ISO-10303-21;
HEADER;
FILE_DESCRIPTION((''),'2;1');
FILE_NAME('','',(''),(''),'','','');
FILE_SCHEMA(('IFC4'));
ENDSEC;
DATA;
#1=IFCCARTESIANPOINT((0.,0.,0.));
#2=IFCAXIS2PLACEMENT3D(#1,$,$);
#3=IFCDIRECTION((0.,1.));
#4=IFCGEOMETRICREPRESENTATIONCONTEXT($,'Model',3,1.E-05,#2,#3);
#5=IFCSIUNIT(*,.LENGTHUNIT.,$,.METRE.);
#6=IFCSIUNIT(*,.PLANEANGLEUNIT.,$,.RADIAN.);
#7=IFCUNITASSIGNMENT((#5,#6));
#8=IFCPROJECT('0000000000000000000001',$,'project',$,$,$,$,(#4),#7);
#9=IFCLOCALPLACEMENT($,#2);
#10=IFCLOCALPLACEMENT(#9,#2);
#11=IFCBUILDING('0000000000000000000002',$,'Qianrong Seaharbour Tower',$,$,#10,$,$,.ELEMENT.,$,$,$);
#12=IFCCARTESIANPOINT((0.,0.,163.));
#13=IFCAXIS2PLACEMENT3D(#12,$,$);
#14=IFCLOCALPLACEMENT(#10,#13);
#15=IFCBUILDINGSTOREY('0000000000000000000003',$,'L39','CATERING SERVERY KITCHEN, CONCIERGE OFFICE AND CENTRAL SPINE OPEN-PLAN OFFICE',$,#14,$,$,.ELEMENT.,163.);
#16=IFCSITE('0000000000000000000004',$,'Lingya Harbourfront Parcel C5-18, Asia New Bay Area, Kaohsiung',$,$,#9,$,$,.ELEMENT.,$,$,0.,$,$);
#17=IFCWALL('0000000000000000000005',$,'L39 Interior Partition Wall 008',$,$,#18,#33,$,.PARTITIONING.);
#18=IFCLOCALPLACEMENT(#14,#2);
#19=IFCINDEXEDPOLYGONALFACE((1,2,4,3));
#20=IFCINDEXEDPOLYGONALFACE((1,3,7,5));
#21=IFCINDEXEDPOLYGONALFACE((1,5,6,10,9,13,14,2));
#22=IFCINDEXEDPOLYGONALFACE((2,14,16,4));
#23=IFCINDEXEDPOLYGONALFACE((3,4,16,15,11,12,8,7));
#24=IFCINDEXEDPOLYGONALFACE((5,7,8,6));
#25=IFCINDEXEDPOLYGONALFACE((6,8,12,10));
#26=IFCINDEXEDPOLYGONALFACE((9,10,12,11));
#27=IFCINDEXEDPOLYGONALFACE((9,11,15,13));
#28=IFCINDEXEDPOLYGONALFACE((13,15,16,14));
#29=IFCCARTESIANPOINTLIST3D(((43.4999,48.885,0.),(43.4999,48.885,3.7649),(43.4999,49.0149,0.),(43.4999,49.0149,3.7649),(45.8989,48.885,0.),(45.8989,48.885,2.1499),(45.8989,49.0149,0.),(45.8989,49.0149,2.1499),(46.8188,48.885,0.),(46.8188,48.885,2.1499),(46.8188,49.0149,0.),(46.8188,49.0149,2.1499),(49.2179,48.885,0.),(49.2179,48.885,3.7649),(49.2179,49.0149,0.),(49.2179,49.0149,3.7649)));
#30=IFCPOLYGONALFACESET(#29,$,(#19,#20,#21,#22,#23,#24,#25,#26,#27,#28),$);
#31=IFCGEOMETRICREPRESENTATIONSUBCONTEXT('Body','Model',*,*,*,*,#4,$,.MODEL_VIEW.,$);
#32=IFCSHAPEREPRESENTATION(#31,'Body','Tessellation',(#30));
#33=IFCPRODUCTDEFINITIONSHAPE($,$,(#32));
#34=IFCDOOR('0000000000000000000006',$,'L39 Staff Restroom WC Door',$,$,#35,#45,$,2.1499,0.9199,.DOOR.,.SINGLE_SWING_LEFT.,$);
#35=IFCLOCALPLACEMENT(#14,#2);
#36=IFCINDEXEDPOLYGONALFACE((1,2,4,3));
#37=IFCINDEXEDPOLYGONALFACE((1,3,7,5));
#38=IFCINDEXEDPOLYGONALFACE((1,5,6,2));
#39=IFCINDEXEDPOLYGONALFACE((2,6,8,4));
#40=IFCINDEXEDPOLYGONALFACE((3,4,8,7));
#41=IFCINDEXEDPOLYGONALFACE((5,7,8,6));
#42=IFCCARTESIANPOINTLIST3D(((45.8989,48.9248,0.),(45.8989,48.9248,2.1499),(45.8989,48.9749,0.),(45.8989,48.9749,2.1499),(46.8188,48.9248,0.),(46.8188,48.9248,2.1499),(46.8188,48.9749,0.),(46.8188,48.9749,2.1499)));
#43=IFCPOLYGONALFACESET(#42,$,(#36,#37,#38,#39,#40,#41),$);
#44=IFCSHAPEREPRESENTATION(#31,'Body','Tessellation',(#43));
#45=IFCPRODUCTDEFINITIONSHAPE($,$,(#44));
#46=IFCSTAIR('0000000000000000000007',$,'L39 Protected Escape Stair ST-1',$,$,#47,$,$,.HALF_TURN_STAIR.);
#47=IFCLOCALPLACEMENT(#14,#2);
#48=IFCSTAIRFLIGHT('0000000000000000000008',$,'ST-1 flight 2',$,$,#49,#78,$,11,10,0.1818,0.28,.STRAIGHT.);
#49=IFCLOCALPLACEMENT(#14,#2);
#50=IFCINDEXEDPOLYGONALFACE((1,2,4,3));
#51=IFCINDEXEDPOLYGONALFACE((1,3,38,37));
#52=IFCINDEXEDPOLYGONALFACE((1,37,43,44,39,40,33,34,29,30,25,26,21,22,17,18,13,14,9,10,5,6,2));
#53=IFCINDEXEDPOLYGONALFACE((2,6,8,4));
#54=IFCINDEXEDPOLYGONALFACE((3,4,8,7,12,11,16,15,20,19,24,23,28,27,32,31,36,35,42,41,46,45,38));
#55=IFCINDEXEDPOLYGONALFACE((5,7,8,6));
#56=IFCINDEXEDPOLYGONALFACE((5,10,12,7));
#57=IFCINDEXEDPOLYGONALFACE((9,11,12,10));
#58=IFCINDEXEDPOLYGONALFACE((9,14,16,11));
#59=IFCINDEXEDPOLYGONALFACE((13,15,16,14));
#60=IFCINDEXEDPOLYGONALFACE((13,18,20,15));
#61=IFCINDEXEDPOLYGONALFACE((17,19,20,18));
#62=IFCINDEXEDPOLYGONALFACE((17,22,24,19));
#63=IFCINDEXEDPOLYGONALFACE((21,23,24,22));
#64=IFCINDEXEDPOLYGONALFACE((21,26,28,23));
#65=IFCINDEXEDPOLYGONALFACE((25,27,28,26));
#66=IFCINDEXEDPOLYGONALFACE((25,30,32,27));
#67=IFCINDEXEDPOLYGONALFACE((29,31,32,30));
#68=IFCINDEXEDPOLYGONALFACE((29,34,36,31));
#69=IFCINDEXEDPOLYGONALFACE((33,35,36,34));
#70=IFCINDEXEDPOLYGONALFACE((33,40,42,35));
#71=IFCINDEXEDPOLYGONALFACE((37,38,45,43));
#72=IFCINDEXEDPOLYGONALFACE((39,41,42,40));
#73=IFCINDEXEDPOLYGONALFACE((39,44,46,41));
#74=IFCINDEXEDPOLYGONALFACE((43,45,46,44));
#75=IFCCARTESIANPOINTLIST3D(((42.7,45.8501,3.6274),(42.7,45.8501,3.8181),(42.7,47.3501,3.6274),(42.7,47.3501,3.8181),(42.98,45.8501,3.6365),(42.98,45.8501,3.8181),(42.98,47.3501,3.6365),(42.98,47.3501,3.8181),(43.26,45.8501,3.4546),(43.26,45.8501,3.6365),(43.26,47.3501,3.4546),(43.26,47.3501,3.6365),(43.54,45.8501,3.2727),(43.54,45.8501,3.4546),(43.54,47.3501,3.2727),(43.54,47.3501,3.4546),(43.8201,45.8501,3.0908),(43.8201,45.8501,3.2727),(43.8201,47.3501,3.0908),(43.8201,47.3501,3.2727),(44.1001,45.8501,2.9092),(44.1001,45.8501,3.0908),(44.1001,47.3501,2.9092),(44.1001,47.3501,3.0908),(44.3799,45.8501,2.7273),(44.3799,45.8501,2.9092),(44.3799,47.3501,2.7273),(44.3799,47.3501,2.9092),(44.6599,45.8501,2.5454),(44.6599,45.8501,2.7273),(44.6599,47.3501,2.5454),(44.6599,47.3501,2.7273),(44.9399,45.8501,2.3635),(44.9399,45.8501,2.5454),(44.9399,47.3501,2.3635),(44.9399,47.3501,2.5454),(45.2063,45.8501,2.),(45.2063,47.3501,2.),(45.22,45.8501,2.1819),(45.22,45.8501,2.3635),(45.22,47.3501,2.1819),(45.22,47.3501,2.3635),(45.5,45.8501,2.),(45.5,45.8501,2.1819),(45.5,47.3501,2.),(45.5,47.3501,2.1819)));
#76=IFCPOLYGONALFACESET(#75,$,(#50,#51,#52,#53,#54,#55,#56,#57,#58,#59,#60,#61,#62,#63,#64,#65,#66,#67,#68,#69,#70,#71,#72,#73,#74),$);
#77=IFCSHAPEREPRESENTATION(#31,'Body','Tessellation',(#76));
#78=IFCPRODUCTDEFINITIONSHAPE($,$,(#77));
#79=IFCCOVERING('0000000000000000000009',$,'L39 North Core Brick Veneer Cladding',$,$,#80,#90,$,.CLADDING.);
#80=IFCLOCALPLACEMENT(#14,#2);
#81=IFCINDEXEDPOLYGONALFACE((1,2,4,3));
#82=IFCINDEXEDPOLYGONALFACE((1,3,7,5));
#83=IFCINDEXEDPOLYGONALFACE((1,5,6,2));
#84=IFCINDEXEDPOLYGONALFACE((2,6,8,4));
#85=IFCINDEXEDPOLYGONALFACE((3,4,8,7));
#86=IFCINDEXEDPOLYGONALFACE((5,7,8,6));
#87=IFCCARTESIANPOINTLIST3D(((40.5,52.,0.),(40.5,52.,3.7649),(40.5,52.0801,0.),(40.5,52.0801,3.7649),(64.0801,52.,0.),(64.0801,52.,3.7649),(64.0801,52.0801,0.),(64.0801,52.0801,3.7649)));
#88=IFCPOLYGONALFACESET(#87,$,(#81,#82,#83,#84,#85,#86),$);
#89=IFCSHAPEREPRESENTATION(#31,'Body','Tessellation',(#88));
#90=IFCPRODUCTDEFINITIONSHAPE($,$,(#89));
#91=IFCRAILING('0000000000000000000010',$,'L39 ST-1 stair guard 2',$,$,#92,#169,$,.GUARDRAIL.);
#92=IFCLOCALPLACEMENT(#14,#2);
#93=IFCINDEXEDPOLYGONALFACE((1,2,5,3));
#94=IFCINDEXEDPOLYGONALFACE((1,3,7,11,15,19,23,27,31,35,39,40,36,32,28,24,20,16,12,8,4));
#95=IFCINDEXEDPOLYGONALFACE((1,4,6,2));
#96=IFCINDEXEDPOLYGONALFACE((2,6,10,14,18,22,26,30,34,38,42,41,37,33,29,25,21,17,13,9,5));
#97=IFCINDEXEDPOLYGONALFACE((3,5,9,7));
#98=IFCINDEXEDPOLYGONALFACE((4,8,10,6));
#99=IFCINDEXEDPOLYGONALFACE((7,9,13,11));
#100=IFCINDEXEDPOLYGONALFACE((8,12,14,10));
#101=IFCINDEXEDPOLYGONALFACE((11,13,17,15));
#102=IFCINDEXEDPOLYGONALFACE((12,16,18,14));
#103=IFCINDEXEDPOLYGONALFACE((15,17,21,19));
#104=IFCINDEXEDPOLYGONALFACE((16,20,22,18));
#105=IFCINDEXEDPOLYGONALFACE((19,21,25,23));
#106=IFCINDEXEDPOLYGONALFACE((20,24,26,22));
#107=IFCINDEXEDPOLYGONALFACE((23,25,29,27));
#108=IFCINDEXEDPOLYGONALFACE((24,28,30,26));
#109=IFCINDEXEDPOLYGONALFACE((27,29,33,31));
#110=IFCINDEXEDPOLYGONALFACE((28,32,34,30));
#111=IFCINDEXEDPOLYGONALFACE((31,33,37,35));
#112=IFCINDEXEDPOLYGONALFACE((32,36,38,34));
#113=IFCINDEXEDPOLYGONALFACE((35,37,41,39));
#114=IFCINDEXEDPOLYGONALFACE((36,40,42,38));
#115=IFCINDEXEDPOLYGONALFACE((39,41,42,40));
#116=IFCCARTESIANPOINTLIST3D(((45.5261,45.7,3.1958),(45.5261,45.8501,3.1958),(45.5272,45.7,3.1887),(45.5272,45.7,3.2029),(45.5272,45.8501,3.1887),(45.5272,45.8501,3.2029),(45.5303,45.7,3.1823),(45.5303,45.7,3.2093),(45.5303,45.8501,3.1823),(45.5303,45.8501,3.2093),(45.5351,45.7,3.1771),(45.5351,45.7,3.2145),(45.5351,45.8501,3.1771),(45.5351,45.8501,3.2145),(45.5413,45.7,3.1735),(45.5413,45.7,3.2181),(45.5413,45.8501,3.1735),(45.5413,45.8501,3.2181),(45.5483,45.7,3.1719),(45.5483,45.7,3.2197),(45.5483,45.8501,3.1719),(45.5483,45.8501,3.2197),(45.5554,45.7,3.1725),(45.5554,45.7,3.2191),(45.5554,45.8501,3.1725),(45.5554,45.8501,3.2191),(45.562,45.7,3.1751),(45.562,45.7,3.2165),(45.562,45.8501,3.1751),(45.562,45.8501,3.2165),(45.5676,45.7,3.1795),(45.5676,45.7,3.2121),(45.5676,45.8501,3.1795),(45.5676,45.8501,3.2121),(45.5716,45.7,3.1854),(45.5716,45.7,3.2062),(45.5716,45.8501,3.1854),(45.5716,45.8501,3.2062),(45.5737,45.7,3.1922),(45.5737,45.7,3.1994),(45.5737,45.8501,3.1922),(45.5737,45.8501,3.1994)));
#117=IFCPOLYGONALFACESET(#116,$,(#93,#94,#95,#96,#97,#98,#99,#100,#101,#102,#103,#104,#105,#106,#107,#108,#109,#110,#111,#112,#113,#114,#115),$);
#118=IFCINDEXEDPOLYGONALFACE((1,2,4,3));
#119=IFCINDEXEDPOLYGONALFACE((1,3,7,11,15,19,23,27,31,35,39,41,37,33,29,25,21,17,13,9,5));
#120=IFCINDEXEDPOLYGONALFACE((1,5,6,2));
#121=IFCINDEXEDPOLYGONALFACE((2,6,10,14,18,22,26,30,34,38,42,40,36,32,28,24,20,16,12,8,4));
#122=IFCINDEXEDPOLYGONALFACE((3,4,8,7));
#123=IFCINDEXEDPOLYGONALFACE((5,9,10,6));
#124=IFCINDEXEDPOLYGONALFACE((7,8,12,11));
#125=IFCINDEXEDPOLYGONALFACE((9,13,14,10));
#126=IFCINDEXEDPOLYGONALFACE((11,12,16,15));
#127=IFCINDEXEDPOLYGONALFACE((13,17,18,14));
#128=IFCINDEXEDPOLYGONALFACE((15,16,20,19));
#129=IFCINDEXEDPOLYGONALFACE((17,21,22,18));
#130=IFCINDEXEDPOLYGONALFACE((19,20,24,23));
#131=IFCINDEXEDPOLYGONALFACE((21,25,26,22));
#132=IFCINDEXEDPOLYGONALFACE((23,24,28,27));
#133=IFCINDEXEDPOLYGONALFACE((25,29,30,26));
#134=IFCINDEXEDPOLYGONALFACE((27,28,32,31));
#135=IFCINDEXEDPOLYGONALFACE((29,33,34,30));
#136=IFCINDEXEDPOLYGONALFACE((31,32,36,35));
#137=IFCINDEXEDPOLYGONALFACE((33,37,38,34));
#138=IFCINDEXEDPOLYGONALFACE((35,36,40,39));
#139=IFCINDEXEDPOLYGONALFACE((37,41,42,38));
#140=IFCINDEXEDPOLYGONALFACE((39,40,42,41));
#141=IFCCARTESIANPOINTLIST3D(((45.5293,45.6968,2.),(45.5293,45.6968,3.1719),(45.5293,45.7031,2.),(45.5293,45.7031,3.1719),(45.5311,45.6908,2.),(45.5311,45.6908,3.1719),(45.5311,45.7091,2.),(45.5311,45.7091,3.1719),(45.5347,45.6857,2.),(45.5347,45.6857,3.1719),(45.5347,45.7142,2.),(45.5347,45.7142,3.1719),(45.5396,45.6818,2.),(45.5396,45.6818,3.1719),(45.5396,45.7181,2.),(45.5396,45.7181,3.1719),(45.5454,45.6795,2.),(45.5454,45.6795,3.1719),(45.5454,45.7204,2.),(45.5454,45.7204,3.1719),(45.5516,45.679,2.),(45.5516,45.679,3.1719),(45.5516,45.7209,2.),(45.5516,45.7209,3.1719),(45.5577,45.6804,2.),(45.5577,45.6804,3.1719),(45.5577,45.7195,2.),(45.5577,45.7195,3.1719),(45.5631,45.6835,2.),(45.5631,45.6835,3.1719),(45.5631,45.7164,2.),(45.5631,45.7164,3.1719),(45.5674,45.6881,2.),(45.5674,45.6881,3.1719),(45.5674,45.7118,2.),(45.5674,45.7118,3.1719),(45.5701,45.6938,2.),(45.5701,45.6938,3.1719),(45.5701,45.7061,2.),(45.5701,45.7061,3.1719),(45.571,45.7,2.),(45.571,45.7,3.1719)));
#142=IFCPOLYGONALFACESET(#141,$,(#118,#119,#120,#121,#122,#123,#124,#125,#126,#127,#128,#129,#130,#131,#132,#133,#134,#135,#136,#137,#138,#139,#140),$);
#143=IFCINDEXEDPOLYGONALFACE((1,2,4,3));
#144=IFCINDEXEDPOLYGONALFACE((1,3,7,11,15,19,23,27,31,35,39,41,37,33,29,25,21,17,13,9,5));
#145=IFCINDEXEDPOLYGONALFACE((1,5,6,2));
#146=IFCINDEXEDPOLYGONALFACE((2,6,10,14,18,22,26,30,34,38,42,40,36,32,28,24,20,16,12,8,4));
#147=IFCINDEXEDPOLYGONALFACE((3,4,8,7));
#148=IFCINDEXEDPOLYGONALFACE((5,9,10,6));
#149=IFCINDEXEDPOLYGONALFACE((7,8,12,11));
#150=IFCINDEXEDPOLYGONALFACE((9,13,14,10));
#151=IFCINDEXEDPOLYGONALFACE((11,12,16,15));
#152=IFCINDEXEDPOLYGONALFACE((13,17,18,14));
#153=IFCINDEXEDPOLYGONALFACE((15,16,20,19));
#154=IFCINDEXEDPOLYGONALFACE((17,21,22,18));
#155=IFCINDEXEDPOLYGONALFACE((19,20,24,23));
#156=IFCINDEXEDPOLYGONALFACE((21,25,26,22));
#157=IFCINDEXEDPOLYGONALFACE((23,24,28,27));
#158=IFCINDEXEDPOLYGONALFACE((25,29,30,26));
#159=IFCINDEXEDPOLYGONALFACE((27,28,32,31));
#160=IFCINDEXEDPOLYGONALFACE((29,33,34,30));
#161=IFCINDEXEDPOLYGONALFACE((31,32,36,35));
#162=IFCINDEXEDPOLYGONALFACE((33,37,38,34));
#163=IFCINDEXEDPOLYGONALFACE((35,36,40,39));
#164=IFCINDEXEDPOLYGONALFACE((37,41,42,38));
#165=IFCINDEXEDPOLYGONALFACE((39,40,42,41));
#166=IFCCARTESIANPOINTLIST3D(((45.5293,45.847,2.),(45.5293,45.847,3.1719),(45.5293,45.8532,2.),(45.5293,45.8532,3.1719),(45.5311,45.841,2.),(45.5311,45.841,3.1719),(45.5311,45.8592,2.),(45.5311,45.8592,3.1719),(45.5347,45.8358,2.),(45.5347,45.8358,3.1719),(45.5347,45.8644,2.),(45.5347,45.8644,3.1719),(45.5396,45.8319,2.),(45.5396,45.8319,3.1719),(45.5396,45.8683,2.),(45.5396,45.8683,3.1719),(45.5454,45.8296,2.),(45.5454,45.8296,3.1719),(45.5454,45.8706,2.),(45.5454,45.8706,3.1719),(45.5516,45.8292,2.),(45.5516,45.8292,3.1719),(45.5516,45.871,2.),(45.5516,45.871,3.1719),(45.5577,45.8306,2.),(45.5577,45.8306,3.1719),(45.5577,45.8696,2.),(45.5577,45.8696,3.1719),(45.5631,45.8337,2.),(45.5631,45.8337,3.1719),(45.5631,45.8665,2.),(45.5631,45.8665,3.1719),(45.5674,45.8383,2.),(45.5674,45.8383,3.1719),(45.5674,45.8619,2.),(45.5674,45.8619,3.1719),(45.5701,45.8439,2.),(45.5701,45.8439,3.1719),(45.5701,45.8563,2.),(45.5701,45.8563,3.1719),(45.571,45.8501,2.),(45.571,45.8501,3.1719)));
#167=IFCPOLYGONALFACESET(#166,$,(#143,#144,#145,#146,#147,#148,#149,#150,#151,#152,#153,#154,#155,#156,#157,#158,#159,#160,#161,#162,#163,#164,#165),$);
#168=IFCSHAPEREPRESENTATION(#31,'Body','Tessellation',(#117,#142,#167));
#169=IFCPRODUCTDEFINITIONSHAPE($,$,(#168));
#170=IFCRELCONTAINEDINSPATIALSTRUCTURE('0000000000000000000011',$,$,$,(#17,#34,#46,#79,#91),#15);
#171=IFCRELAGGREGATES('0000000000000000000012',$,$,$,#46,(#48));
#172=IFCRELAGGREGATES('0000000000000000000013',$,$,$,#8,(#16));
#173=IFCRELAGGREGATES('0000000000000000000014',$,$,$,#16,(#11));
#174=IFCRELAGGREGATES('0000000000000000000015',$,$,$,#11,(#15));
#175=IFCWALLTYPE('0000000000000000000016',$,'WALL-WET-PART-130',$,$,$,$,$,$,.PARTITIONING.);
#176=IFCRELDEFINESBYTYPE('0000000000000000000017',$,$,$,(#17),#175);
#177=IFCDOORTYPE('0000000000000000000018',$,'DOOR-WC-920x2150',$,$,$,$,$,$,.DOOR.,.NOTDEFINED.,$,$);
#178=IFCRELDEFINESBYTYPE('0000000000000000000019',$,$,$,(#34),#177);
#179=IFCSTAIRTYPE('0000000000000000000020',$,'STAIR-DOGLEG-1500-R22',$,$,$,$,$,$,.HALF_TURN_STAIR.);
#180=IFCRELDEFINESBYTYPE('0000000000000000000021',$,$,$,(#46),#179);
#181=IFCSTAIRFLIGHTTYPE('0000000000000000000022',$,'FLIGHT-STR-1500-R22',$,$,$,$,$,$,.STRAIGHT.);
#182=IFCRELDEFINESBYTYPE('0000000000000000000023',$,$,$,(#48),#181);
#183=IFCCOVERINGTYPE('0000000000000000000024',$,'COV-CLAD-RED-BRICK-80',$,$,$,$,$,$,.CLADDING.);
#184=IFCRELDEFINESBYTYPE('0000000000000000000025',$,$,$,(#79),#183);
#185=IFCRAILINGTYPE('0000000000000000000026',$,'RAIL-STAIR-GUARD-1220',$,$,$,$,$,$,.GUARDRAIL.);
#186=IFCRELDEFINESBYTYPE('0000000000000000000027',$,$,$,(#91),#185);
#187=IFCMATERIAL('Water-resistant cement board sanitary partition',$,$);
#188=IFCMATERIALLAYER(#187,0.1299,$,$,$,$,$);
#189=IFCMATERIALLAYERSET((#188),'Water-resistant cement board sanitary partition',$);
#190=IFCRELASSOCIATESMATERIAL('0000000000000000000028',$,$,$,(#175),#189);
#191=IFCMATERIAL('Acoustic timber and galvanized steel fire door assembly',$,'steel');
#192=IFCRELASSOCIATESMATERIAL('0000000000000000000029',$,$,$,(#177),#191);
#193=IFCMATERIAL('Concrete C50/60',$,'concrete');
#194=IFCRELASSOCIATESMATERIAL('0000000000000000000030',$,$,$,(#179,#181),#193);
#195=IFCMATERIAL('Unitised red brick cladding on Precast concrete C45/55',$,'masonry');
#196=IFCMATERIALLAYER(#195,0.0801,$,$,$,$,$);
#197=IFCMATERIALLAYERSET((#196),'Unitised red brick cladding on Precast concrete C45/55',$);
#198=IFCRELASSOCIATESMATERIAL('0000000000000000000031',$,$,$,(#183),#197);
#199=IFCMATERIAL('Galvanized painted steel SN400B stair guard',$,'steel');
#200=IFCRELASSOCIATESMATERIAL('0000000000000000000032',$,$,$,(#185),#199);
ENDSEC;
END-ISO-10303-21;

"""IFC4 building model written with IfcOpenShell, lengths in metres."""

from ifc_helpers import new_model, si_unit, direction, frame, frame_2d, origin, origin_2d, place, context, subcontext, project, spatial, polyline, rectangle, circle, outline, extrude, material, layer, layer_set, type_object, element, fill, aggregate, save


model = new_model("IFC4")

# Units and contexts
model_context = context("Model", 3, precision=1e-05, world=origin(), true_north=direction((0.0, 1.0)))
body_context = subcontext(model_context, "Body", "Model", "MODEL_VIEW")
ifc_project = project(units=[si_unit("LENGTHUNIT", "METRE"), si_unit("PLANEANGLEUNIT", "RADIAN")], contexts=[model_context])

# Site, building, storey
site_placement = place(None, origin())
site = spatial("IfcSite", under=ifc_project, at=site_placement, Name="Lingya Harbourfront Parcel C5-18, Asia New Bay Area, Kaohsiung", CompositionType="ELEMENT", RefElevation=0.0)
building_placement = place(site_placement, origin())
building = spatial("IfcBuilding", under=site, at=building_placement, Name="Qianrong Seaharbour Tower", CompositionType="ELEMENT")
storey_placement = place(building_placement, frame((0.0, 0.0, 163.0)))
storey = spatial("IfcBuildingStorey", under=building, at=storey_placement, Name="L39", Description="CATERING SERVERY KITCHEN, CONCIERGE OFFICE AND CENTRAL SPINE OPEN-PLAN OFFICE", CompositionType="ELEMENT", Elevation=163.0)

# Wall, opening, door
ifc_material_1 = material(Name="Water-resistant cement board sanitary partition")
ifc_layer_1 = layer(ifc_material_1, 0.1299)
ifc_layer_set_1 = layer_set([ifc_layer_1], Name="Water-resistant cement board sanitary partition")
wall_type_1 = type_object("IfcWallType", Name="WALL-WET-PART-130", PredefinedType="PARTITIONING", material=ifc_layer_set_1)
wall_1_placement = place(storey_placement, frame((43.5, 48.95, 0.0), z_axis=(0.0, 0.0, 1.0), x_axis=(1.0, 0.0, 0.0)))
wall_1 = element("IfcWall", 1, at=wall_1_placement, inside=storey, type_object=wall_type_1, Name="L39 Interior Partition Wall 008", PredefinedType="PARTITIONING", context=body_context, shape_type="SweptSolid", body=[
    extrude(rectangle(XDim=5.718, YDim=0.1299, at=frame_2d((2.8589, 0.0))), origin(), (0.0, 0.0, 1.0), 3.7649),
])
opening_1_placement = place(wall_1_placement, frame((2.3989, 0.0, 0.0)))
opening_1 = element("IfcOpeningElement", 2, at=opening_1_placement, cuts=wall_1, PredefinedType="OPENING", context=body_context, shape_type="SweptSolid", body=[
    extrude(rectangle(XDim=0.9199, YDim=2.1499, at=frame_2d((0.46, 1.075))), frame((0.0, 0.075, 0.0), z_axis=(0.0, -1.0, 0.0), x_axis=(1.0, 0.0, 0.0)), (0.0, 0.0, 1.0), 0.1499),
])
ifc_material_2 = material(Name="Acoustic timber and galvanized steel fire door assembly", Category="steel")
door_type_1 = type_object("IfcDoorType", Name="DOOR-WC-920x2150", OperationType="NOTDEFINED", PredefinedType="DOOR", material=ifc_material_2)
door_1_placement = place(opening_1_placement, origin())
door_1 = element("IfcDoor", 3, at=door_1_placement, inside=storey, type_object=door_type_1, Name="L39 Staff Restroom WC Door", OperationType="SINGLE_SWING_LEFT", OverallHeight=2.1499, OverallWidth=0.9199, PredefinedType="DOOR", context=body_context, shape_type="SweptSolid", body=[
    extrude(rectangle(XDim=0.9199, YDim=2.1499, at=frame_2d((0.46, 1.075))), frame((0.0, 0.0249, 0.0), z_axis=(0.0, -1.0, 0.0), x_axis=(1.0, 0.0, 0.0)), (0.0, 0.0, 1.0), 0.05),
])
fill(opening_1, door_1)

# Stair, stair flight
ifc_material_3 = material(Name="Concrete C50/60", Category="concrete")
stair_type = type_object("IfcStairType", Name="STAIR-DOGLEG-1500-R22", PredefinedType="HALF_TURN_STAIR", material=ifc_material_3)
stair_placement = place(storey_placement, origin())
stair = element("IfcStair", 4, at=stair_placement, inside=storey, type_object=stair_type, Name="L39 Protected Escape Stair ST-1", PredefinedType="HALF_TURN_STAIR")
stair_flight_type = type_object("IfcStairFlightType", Name="FLIGHT-STR-1500-R22", PredefinedType="STRAIGHT", material=ifc_material_3)
stair_flight_placement = place(storey_placement, frame((45.5, 46.6001, 2.0), z_axis=(0.0, 0.0, 1.0), x_axis=(-1.0, 0.0, 0.0)))
stair_flight = element("IfcStairFlight", 5, at=stair_flight_placement, type_object=stair_flight_type, Name="ST-1 flight 2", NumberOfRisers=11, NumberOfTreads=10, PredefinedType="STRAIGHT", RiserHeight=0.1818, TreadLength=0.28, context=body_context, shape_type="SweptSolid", body=[
    extrude(outline(polyline([(0.0, 0.0), (0.0, 0.1819), (0.28, 0.1819), (0.28, 0.3635), (0.5601, 0.3635), (0.5601, 0.5454), (0.8401, 0.5454), (0.8401, 0.7273), (1.1201, 0.7273), (1.1201, 0.9092), (1.3999, 0.9092), (1.3999, 1.0908), (1.6799, 1.0908), (1.6799, 1.2727), (1.96, 1.2727), (1.96, 1.4546), (2.24, 1.4546), (2.24, 1.6365), (2.52, 1.6365), (2.52, 1.8181), (2.8, 1.8181), (2.8, 2.0), (2.8, 1.6274), (0.2937, 0.0), (0.0, 0.0)])), frame((0.0, 0.75, 0.0), z_axis=(0.0, -1.0, 0.0), x_axis=(1.0, 0.0, 0.0)), (0.0, 0.0, 1.0), 1.5),
])
aggregate(stair, [stair_flight])

# Covering
ifc_material_4 = material(Name="Unitised red brick cladding on Precast concrete C45/55", Category="masonry")
ifc_layer_2 = layer(ifc_material_4, 0.0801)
ifc_layer_set_2 = layer_set([ifc_layer_2], Name="Unitised red brick cladding on Precast concrete C45/55")
covering_type = type_object("IfcCoveringType", Name="COV-CLAD-RED-BRICK-80", PredefinedType="CLADDING", material=ifc_layer_set_2)
covering_placement = place(storey_placement, frame((52.29, 52.04, 0.0), z_axis=(0.0, 0.0, 1.0), x_axis=(1.0, 0.0, 0.0)))
element("IfcCovering", 6, at=covering_placement, inside=storey, type_object=covering_type, Name="L39 North Core Brick Veneer Cladding", PredefinedType="CLADDING", context=body_context, shape_type="SweptSolid", body=[
    extrude(rectangle(XDim=23.5801, YDim=0.0801, at=origin_2d()), origin(), (0.0, 0.0, 1.0), 3.7649),
])

# Railing
ifc_material_5 = material(Name="Galvanized painted steel SN400B stair guard", Category="steel")
railing_type_1 = type_object("IfcRailingType", Name="RAIL-STAIR-GUARD-1220", PredefinedType="GUARDRAIL", material=ifc_material_5)
railing_1_placement = place(storey_placement, frame((45.55, 45.7, 2.0)))
element("IfcRailing", 7, at=railing_1_placement, inside=storey, type_object=railing_type_1, Name="L39 ST-1 stair guard 2", PredefinedType="GUARDRAIL", context=body_context, shape_type="SweptSolid", body=[
    extrude(circle(Radius=0.0239, at=origin_2d()), frame((0.0, 0.0, 1.1958), z_axis=(0.0, 1.0, 0.0), x_axis=(-1.0, 0.0, 0.0)), (0.0, 0.0, 1.0), 0.1501),
    extrude(circle(Radius=0.021, at=origin_2d()), origin(), (0.0, 0.0, 1.0), 1.1719),
    extrude(circle(Radius=0.021, at=origin_2d()), frame((0.0, 0.1501, 0.0)), (0.0, 0.0, 1.0), 1.1719),
])

save(model, "model.ifc")
